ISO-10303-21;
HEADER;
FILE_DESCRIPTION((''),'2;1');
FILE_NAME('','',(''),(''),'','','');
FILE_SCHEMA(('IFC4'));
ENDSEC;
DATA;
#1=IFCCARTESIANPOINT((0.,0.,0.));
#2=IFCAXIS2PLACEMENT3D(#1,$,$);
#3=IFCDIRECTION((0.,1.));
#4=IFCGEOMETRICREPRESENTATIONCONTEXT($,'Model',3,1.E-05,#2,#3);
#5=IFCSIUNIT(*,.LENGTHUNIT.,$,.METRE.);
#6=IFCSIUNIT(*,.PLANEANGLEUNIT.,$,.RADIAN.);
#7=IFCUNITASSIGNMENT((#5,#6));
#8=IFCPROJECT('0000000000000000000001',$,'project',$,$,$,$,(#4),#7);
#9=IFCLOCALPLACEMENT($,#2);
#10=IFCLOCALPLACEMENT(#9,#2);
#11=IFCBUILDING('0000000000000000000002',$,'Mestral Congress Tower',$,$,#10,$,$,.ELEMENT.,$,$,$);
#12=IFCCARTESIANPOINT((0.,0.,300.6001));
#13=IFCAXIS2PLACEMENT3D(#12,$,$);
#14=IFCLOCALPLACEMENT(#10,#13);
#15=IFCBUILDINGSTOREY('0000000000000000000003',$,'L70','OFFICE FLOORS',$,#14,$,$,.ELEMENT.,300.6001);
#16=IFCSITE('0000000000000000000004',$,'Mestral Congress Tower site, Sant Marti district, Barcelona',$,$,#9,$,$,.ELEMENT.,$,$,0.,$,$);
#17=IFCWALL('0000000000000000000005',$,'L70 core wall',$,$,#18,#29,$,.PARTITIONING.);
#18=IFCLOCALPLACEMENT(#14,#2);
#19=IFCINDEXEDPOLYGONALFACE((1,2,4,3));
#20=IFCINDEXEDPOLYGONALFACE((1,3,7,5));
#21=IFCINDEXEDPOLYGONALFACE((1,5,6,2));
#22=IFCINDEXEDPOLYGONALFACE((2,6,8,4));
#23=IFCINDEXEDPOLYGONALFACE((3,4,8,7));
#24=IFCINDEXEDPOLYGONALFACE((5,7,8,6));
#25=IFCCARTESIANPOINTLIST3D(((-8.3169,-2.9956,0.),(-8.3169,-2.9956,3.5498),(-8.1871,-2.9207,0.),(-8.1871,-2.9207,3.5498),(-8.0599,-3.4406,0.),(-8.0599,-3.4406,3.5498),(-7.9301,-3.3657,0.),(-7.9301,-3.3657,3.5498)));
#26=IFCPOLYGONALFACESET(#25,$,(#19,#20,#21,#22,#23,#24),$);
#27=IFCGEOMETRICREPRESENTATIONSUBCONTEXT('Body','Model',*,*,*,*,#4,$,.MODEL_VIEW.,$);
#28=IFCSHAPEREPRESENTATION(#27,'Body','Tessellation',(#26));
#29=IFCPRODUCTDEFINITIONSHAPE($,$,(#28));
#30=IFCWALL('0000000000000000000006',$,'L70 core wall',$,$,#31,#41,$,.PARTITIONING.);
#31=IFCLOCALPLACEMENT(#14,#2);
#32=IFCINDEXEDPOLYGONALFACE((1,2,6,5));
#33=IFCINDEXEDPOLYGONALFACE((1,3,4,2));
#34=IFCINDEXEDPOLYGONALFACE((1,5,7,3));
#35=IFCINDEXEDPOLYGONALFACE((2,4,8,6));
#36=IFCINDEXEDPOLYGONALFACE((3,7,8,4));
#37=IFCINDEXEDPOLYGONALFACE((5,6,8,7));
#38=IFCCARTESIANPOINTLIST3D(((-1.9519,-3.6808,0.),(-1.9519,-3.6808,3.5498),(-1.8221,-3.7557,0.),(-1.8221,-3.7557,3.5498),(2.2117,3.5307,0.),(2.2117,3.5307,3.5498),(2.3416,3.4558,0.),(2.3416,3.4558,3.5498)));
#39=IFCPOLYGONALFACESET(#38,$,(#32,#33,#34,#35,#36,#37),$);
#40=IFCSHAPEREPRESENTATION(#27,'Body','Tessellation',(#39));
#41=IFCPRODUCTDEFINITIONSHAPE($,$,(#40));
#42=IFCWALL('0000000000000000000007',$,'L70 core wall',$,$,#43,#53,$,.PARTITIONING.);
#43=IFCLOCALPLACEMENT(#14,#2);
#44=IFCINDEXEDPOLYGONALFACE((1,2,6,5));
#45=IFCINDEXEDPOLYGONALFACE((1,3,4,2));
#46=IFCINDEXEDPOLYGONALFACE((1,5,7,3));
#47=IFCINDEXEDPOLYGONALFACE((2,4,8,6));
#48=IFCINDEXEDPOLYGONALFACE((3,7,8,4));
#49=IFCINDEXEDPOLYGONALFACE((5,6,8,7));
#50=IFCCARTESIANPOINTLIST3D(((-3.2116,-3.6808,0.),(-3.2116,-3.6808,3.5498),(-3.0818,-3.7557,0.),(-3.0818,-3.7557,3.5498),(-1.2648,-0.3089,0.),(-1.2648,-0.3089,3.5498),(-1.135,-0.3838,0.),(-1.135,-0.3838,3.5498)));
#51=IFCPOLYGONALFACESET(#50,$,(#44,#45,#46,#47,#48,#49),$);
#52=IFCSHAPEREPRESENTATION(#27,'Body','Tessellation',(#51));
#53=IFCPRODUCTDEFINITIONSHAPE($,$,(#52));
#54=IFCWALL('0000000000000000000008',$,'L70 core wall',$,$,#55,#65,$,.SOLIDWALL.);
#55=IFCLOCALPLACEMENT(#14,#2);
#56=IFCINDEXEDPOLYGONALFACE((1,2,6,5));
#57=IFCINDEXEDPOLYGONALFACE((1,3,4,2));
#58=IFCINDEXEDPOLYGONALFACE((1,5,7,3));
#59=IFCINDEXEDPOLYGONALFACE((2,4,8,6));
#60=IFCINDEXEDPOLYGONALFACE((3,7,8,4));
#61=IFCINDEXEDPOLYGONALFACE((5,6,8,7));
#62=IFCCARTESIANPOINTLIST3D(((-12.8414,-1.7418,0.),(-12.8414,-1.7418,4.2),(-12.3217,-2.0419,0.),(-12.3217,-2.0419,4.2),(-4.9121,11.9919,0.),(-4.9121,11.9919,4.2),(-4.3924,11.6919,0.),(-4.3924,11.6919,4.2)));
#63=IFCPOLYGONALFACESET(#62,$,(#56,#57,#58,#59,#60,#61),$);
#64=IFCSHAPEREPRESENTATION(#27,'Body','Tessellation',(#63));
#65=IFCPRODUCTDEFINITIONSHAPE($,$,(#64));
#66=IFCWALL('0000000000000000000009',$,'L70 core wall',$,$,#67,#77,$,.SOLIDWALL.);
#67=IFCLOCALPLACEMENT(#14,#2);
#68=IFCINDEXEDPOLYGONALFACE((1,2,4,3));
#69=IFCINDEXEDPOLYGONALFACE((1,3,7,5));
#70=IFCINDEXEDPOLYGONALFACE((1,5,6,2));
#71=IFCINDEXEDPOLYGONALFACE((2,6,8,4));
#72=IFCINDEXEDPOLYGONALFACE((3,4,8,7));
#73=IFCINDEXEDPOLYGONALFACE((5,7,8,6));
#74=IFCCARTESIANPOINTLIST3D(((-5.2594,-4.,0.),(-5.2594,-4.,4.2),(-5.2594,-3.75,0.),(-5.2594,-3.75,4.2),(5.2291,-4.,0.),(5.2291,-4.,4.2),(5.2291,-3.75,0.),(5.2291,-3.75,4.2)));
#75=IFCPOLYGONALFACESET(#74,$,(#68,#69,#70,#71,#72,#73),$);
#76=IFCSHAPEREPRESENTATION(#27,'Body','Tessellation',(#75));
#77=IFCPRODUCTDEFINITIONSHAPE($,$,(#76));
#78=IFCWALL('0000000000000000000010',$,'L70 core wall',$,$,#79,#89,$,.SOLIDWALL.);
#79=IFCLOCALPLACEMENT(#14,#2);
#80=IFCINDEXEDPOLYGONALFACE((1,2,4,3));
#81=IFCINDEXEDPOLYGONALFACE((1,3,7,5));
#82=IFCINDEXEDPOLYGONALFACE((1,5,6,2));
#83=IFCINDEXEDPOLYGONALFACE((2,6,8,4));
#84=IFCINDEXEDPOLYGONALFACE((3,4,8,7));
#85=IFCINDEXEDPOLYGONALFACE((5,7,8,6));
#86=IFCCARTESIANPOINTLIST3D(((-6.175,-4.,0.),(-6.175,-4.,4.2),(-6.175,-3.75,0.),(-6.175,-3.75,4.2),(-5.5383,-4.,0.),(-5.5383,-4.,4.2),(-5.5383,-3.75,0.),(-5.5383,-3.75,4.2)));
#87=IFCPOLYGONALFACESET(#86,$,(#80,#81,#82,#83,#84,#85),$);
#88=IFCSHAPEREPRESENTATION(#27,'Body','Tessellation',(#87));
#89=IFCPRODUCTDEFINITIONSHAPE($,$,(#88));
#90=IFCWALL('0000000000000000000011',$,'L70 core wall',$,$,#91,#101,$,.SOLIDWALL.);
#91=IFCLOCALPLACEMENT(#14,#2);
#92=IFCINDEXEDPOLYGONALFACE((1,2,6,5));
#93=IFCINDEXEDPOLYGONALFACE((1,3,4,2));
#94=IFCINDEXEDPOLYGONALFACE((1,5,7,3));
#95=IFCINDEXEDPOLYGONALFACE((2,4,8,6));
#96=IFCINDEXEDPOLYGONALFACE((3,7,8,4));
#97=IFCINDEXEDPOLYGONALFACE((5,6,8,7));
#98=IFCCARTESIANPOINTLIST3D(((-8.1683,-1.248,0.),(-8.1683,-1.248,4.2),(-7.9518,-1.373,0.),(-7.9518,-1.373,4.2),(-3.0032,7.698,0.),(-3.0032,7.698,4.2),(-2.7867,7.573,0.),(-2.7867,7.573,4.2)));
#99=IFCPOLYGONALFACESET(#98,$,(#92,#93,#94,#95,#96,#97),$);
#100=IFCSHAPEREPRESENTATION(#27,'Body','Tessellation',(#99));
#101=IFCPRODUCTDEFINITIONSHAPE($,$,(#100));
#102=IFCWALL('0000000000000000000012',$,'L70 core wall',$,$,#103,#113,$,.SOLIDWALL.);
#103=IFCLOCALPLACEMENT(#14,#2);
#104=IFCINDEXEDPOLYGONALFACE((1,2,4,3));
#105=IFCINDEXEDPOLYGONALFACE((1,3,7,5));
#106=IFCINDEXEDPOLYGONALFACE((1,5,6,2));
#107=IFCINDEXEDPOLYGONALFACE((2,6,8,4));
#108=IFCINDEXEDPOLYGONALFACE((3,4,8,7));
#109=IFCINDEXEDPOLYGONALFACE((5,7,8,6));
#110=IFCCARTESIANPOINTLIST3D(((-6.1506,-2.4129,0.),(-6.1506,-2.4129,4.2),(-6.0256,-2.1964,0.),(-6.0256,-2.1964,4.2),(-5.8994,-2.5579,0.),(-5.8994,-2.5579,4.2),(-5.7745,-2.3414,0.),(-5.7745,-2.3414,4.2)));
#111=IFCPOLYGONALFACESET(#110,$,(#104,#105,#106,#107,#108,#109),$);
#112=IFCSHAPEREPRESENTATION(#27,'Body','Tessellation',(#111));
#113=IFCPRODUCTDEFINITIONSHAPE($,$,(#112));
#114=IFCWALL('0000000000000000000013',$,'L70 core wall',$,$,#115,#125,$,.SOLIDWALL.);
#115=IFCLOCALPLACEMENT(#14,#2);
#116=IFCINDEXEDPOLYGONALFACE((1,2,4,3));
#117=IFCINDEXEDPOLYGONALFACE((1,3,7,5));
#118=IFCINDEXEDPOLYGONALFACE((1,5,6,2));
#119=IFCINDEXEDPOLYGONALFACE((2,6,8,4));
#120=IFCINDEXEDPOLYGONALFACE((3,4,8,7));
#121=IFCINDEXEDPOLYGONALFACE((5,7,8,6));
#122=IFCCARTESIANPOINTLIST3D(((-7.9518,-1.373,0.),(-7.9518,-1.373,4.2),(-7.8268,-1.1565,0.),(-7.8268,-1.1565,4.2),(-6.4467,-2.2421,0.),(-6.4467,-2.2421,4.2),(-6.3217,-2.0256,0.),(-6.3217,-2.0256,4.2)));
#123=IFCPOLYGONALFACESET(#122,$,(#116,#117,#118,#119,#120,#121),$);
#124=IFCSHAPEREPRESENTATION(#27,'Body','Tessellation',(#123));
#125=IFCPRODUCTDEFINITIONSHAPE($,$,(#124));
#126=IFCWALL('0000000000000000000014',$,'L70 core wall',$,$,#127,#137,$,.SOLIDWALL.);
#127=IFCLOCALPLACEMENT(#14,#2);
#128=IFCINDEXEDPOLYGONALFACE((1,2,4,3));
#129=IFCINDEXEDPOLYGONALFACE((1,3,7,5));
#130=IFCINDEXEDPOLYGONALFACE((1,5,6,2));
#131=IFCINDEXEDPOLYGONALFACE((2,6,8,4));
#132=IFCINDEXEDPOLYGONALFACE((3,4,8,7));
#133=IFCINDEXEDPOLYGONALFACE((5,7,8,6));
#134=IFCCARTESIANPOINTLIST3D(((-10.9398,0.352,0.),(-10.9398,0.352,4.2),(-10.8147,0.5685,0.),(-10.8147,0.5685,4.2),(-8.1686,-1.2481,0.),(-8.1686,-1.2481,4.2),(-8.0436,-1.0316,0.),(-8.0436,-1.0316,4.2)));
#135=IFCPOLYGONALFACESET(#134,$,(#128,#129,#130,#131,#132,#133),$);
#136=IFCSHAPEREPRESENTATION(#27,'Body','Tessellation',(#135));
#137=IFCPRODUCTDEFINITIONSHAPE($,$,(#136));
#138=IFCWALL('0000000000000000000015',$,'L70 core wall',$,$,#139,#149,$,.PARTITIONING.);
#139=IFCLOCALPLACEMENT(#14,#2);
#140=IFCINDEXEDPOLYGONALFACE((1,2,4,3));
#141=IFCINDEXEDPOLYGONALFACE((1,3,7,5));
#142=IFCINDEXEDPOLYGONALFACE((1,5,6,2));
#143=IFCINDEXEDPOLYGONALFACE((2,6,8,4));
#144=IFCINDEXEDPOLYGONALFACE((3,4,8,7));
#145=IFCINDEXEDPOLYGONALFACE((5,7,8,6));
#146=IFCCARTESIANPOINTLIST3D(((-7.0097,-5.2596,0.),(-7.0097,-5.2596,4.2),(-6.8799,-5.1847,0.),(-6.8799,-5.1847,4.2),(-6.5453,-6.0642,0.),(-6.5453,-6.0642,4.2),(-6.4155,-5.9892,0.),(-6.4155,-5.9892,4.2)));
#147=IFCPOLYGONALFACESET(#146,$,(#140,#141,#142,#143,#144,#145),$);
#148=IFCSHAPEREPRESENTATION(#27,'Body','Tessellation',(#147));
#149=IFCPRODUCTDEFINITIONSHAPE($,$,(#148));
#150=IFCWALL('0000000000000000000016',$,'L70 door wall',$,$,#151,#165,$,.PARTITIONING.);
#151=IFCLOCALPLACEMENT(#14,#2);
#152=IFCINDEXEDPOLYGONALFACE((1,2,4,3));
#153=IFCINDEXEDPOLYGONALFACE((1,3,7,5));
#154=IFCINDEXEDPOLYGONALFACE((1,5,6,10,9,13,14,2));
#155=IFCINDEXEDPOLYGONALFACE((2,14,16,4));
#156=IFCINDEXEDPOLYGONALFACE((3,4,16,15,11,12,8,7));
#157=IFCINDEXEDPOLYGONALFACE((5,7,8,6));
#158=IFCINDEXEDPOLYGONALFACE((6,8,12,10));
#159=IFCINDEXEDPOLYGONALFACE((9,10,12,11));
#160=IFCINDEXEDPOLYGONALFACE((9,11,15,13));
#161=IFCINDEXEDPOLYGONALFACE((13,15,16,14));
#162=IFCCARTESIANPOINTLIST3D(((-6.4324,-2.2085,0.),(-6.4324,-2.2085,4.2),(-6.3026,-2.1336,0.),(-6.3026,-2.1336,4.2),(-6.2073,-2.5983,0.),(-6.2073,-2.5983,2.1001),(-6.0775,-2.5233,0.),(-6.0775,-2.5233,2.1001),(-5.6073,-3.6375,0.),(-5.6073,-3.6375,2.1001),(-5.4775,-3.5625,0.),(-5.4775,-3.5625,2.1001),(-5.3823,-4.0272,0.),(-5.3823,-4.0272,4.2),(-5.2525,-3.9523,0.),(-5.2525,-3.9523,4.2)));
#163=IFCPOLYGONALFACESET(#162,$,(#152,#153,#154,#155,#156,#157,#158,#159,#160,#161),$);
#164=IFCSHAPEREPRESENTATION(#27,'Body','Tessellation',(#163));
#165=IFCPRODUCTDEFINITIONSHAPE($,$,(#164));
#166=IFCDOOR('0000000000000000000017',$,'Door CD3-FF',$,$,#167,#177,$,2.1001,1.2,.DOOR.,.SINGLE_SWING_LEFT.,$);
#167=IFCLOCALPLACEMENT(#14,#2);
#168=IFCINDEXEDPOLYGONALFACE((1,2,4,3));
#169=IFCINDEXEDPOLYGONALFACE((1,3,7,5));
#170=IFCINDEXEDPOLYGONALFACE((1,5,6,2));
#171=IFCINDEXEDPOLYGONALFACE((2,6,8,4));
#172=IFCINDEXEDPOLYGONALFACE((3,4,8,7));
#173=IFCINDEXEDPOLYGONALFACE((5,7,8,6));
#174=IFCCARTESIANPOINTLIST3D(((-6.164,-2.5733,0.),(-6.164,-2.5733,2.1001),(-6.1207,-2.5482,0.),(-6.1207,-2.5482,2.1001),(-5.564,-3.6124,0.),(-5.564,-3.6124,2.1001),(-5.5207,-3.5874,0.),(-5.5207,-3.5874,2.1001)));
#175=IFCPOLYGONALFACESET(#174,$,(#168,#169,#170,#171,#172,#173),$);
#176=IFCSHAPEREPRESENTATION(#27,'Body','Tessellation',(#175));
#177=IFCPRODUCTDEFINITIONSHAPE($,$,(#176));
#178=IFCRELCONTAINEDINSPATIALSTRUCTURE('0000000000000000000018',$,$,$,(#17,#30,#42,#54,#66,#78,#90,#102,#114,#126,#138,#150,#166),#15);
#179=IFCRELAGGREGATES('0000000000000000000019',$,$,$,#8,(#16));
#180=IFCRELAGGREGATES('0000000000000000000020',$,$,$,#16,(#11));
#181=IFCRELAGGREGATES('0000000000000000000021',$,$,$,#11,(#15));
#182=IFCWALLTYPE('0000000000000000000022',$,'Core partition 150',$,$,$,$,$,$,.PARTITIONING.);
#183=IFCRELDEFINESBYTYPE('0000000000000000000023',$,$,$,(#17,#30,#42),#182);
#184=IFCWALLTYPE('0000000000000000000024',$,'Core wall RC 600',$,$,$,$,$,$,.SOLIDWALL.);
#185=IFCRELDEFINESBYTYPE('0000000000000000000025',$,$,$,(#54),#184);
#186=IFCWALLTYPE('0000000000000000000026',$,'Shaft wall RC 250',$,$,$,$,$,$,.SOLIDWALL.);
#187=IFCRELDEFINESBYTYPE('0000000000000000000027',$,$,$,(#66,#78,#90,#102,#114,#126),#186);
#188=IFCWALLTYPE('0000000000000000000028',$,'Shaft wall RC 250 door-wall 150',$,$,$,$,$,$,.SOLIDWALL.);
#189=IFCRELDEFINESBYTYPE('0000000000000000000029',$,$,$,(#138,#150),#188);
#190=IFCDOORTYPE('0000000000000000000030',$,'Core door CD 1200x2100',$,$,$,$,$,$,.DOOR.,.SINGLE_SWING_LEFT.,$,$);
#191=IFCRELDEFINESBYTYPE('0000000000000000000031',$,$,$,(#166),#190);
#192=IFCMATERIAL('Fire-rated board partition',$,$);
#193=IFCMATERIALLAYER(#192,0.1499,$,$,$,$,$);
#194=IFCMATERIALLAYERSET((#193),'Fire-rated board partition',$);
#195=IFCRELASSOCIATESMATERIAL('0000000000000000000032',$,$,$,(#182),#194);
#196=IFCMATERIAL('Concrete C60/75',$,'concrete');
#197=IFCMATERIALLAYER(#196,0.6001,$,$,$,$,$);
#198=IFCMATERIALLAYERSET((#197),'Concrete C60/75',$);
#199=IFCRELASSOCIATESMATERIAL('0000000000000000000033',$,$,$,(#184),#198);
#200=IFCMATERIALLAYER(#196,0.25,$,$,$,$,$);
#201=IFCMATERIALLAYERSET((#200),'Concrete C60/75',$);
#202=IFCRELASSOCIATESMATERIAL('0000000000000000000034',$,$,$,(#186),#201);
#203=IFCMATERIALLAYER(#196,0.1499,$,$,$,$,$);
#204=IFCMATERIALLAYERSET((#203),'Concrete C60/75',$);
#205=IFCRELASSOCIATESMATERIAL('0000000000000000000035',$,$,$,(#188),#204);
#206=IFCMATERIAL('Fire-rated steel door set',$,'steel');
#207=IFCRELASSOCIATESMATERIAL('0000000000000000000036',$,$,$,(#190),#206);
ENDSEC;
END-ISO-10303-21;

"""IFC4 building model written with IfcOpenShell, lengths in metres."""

from ifc_helpers import new_model, si_unit, direction, frame, frame_2d, origin, place, context, subcontext, project, spatial, rectangle, extrude, material, layer, layer_set, type_object, element, fill, save


model = new_model("IFC4")

# Units and contexts
model_context = context("Model", 3, precision=1e-05, world=origin(), true_north=direction((0.0, 1.0)))
body_context = subcontext(model_context, "Body", "Model", "MODEL_VIEW")
ifc_project = project(units=[si_unit("LENGTHUNIT", "METRE"), si_unit("PLANEANGLEUNIT", "RADIAN")], contexts=[model_context])

# Site, building, storey
site_placement = place(None, origin())
site = spatial("IfcSite", under=ifc_project, at=site_placement, Name="Mestral Congress Tower site, Sant Marti district, Barcelona", CompositionType="ELEMENT", RefElevation=0.0)
building_placement = place(site_placement, origin())
building = spatial("IfcBuilding", under=site, at=building_placement, Name="Mestral Congress Tower", CompositionType="ELEMENT")
storey_placement = place(building_placement, frame((0.0, 0.0, 300.6001)))
storey = spatial("IfcBuildingStorey", under=building, at=storey_placement, Name="L70", Description="OFFICE FLOORS", CompositionType="ELEMENT", Elevation=300.6001)

# Walls
ifc_material_1 = material(Name="Fire-rated board partition")
ifc_layer_1 = layer(ifc_material_1, 0.1499)
ifc_layer_set_1 = layer_set([ifc_layer_1], Name="Fire-rated board partition")
wall_type_1 = type_object("IfcWallType", Name="Core partition 150", PredefinedType="PARTITIONING", material=ifc_layer_set_1)
wall_1_placement = place(storey_placement, frame((-8.252, -2.9583, 0.0), z_axis=(0.0, 0.0, 1.0), x_axis=(0.500175, -0.865925, 0.0)))
element("IfcWall", 1, at=wall_1_placement, inside=storey, type_object=wall_type_1, Name="L70 core wall", PredefinedType="PARTITIONING", context=body_context, shape_type="SweptSolid", body=[
    extrude(rectangle(XDim=0.5139, YDim=0.1499, at=frame_2d((0.2568, 0.0))), origin(), (0.0, 0.0, 1.0), 3.5498),
])
wall_2_placement = place(storey_placement, frame((-1.887, -3.7183, 0.0), z_axis=(0.0, 0.0, 1.0), x_axis=(0.500005, 0.866023, 0.0)))
element("IfcWall", 2, at=wall_2_placement, inside=storey, type_object=wall_type_1, Name="L70 core wall", PredefinedType="PARTITIONING", context=body_context, shape_type="SweptSolid", body=[
    extrude(rectangle(XDim=8.3271, YDim=0.1499, at=frame_2d((4.1636, 0.0))), origin(), (0.0, 0.0, 1.0), 3.5498),
])
wall_3_placement = place(storey_placement, frame((-3.1467, -3.7183, 0.0), z_axis=(0.0, 0.0, 1.0), x_axis=(0.50001, 0.86602, 0.0)))
element("IfcWall", 3, at=wall_3_placement, inside=storey, type_object=wall_type_1, Name="L70 core wall", PredefinedType="PARTITIONING", context=body_context, shape_type="SweptSolid", body=[
    extrude(rectangle(XDim=3.8936, YDim=0.1499, at=frame_2d((1.9468, 0.0))), origin(), (0.0, 0.0, 1.0), 3.5498),
])
ifc_material_2 = material(Name="Concrete C60/75", Category="concrete")
ifc_layer_2 = layer(ifc_material_2, 0.6001)
ifc_layer_set_2 = layer_set([ifc_layer_2], Name="Concrete C60/75")
wall_type_2 = type_object("IfcWallType", Name="Core wall RC 600", PredefinedType="SOLIDWALL", material=ifc_layer_set_2)
wall_4_placement = place(storey_placement, frame((-12.5815, -1.8918, 0.0), z_axis=(0.0, 0.0, 1.0), x_axis=(0.500004, 0.866023, 0.0)))
element("IfcWall", 4, at=wall_4_placement, inside=storey, type_object=wall_type_2, Name="L70 core wall", PredefinedType="SOLIDWALL", context=body_context, shape_type="SweptSolid", body=[
    extrude(rectangle(XDim=15.8584, YDim=0.6001, at=frame_2d((7.9292, 0.0))), origin(), (0.0, 0.0, 1.0), 4.2),
])
ifc_layer_3 = layer(ifc_material_2, 0.25)
ifc_layer_set_3 = layer_set([ifc_layer_3], Name="Concrete C60/75")
wall_type_3 = type_object("IfcWallType", Name="Shaft wall RC 250", PredefinedType="SOLIDWALL", material=ifc_layer_set_3)
wall_5_placement = place(storey_placement, frame((-5.2593, -3.875, 0.0), z_axis=(0.0, 0.0, 1.0), x_axis=(1.0, 0.0, 0.0)))
element("IfcWall", 5, at=wall_5_placement, inside=storey, type_object=wall_type_3, Name="L70 core wall", PredefinedType="SOLIDWALL", context=body_context, shape_type="SweptSolid", body=[
    extrude(rectangle(XDim=10.4885, YDim=0.25, at=frame_2d((5.2441, 0.0))), origin(), (0.0, 0.0, 1.0), 4.2),
])
wall_6_placement = place(storey_placement, frame((-6.175, -3.875, 0.0), z_axis=(0.0, 0.0, 1.0), x_axis=(1.0, 0.0, 0.0)))
element("IfcWall", 6, at=wall_6_placement, inside=storey, type_object=wall_type_3, Name="L70 core wall", PredefinedType="SOLIDWALL", context=body_context, shape_type="SweptSolid", body=[
    extrude(rectangle(XDim=0.6367, YDim=0.25, at=frame_2d((0.3184, 0.0))), origin(), (0.0, 0.0, 1.0), 4.2),
])
wall_7_placement = place(storey_placement, frame((-8.0601, -1.3105, 0.0), z_axis=(0.0, 0.0, 1.0), x_axis=(0.500003, 0.866024, 0.0)))
element("IfcWall", 7, at=wall_7_placement, inside=storey, type_object=wall_type_3, Name="L70 core wall", PredefinedType="SOLIDWALL", context=body_context, shape_type="SweptSolid", body=[
    extrude(rectangle(XDim=10.3301, YDim=0.25, at=frame_2d((5.165, 0.0))), origin(), (0.0, 0.0, 1.0), 4.2),
])
wall_8_placement = place(storey_placement, frame((-6.0881, -2.3047, 0.0), z_axis=(0.0, 0.0, 1.0), x_axis=(0.866059, -0.499941, 0.0)))
element("IfcWall", 8, at=wall_8_placement, inside=storey, type_object=wall_type_3, Name="L70 core wall", PredefinedType="SOLIDWALL", context=body_context, shape_type="SweptSolid", body=[
    extrude(rectangle(XDim=0.29, YDim=0.25, at=frame_2d((0.145, 0.0))), origin(), (0.0, 0.0, 1.0), 4.2),
])
wall_9_placement = place(storey_placement, frame((-7.8894, -1.2646, 0.0), z_axis=(0.0, 0.0, 1.0), x_axis=(0.865987, -0.500067, 0.0)))
element("IfcWall", 9, at=wall_9_placement, inside=storey, type_object=wall_type_3, Name="L70 core wall", PredefinedType="SOLIDWALL", context=body_context, shape_type="SweptSolid", body=[
    extrude(rectangle(XDim=1.738, YDim=0.25, at=frame_2d((0.8691, 0.0))), origin(), (0.0, 0.0, 1.0), 4.2),
])
wall_10_placement = place(storey_placement, frame((-8.106, -1.1399, 0.0), z_axis=(0.0, 0.0, 1.0), x_axis=(-0.866009, 0.500028, 0.0)))
element("IfcWall", 10, at=wall_10_placement, inside=storey, type_object=wall_type_3, Name="L70 core wall", PredefinedType="SOLIDWALL", context=body_context, shape_type="SweptSolid", body=[
    extrude(rectangle(XDim=3.2, YDim=0.25, at=frame_2d((1.6001, 0.0))), origin(), (0.0, 0.0, 1.0), 4.2),
])
ifc_layer_4 = layer(ifc_material_2, 0.1499)
ifc_layer_set_4 = layer_set([ifc_layer_4], Name="Concrete C60/75")
wall_type_4 = type_object("IfcWallType", Name="Shaft wall RC 250 door-wall 150", PredefinedType="SOLIDWALL", material=ifc_layer_set_4)
wall_11_placement = place(storey_placement, frame((-6.4805, -6.0266, 0.0), z_axis=(0.0, 0.0, 1.0), x_axis=(-0.499927, 0.866067, 0.0)))
element("IfcWall", 11, at=wall_11_placement, inside=storey, type_object=wall_type_4, Name="L70 core wall", PredefinedType="PARTITIONING", context=body_context, shape_type="SweptSolid", body=[
    extrude(rectangle(XDim=0.929, YDim=0.1499, at=frame_2d((0.4644, 0.0))), origin(), (0.0, 0.0, 1.0), 4.2),
])

# Wall, opening, door
wall_12_placement = place(storey_placement, frame((-5.3174, -3.9897, 0.0), z_axis=(0.0, 0.0, 1.0), x_axis=(-0.500028, 0.866009, 0.0)))
wall_12 = element("IfcWall", 12, at=wall_12_placement, inside=storey, type_object=wall_type_4, Name="L70 door wall", PredefinedType="PARTITIONING", context=body_context, shape_type="SweptSolid", body=[
    extrude(rectangle(XDim=2.1001, YDim=0.1499, at=frame_2d((1.05, 0.0))), origin(), (0.0, 0.0, 1.0), 4.2),
])
opening_1_placement = place(wall_12_placement, frame((0.45, 0.0, 0.0)))
opening_1 = element("IfcOpeningElement", 13, at=opening_1_placement, cuts=wall_12, PredefinedType="OPENING", context=body_context, shape_type="SweptSolid", body=[
    extrude(rectangle(XDim=1.2, YDim=2.1001, at=frame_2d((0.6001, 1.05))), frame((0.0, 0.085, 0.0), z_axis=(0.0, -1.0, 0.0), x_axis=(1.0, 0.0, 0.0)), (0.0, 0.0, 1.0), 0.1699),
])
ifc_material_3 = material(Name="Fire-rated steel door set", Category="steel")
door_type_1 = type_object("IfcDoorType", Name="Core door CD 1200x2100", OperationType="SINGLE_SWING_LEFT", PredefinedType="DOOR", material=ifc_material_3)
door_1_placement = place(opening_1_placement, origin())
door_1 = element("IfcDoor", 14, at=door_1_placement, inside=storey, type_object=door_type_1, Name="Door CD3-FF", OperationType="SINGLE_SWING_LEFT", OverallHeight=2.1001, OverallWidth=1.2, PredefinedType="DOOR", context=body_context, shape_type="SweptSolid", body=[
    extrude(rectangle(XDim=1.2, YDim=2.1001, at=frame_2d((0.6001, 1.05))), frame((0.0, 0.0249, 0.0), z_axis=(0.0, -1.0, 0.0), x_axis=(1.0, 0.0, 0.0)), (0.0, 0.0, 1.0), 0.05),
])
fill(opening_1, door_1)

save(model, "model.ifc")
